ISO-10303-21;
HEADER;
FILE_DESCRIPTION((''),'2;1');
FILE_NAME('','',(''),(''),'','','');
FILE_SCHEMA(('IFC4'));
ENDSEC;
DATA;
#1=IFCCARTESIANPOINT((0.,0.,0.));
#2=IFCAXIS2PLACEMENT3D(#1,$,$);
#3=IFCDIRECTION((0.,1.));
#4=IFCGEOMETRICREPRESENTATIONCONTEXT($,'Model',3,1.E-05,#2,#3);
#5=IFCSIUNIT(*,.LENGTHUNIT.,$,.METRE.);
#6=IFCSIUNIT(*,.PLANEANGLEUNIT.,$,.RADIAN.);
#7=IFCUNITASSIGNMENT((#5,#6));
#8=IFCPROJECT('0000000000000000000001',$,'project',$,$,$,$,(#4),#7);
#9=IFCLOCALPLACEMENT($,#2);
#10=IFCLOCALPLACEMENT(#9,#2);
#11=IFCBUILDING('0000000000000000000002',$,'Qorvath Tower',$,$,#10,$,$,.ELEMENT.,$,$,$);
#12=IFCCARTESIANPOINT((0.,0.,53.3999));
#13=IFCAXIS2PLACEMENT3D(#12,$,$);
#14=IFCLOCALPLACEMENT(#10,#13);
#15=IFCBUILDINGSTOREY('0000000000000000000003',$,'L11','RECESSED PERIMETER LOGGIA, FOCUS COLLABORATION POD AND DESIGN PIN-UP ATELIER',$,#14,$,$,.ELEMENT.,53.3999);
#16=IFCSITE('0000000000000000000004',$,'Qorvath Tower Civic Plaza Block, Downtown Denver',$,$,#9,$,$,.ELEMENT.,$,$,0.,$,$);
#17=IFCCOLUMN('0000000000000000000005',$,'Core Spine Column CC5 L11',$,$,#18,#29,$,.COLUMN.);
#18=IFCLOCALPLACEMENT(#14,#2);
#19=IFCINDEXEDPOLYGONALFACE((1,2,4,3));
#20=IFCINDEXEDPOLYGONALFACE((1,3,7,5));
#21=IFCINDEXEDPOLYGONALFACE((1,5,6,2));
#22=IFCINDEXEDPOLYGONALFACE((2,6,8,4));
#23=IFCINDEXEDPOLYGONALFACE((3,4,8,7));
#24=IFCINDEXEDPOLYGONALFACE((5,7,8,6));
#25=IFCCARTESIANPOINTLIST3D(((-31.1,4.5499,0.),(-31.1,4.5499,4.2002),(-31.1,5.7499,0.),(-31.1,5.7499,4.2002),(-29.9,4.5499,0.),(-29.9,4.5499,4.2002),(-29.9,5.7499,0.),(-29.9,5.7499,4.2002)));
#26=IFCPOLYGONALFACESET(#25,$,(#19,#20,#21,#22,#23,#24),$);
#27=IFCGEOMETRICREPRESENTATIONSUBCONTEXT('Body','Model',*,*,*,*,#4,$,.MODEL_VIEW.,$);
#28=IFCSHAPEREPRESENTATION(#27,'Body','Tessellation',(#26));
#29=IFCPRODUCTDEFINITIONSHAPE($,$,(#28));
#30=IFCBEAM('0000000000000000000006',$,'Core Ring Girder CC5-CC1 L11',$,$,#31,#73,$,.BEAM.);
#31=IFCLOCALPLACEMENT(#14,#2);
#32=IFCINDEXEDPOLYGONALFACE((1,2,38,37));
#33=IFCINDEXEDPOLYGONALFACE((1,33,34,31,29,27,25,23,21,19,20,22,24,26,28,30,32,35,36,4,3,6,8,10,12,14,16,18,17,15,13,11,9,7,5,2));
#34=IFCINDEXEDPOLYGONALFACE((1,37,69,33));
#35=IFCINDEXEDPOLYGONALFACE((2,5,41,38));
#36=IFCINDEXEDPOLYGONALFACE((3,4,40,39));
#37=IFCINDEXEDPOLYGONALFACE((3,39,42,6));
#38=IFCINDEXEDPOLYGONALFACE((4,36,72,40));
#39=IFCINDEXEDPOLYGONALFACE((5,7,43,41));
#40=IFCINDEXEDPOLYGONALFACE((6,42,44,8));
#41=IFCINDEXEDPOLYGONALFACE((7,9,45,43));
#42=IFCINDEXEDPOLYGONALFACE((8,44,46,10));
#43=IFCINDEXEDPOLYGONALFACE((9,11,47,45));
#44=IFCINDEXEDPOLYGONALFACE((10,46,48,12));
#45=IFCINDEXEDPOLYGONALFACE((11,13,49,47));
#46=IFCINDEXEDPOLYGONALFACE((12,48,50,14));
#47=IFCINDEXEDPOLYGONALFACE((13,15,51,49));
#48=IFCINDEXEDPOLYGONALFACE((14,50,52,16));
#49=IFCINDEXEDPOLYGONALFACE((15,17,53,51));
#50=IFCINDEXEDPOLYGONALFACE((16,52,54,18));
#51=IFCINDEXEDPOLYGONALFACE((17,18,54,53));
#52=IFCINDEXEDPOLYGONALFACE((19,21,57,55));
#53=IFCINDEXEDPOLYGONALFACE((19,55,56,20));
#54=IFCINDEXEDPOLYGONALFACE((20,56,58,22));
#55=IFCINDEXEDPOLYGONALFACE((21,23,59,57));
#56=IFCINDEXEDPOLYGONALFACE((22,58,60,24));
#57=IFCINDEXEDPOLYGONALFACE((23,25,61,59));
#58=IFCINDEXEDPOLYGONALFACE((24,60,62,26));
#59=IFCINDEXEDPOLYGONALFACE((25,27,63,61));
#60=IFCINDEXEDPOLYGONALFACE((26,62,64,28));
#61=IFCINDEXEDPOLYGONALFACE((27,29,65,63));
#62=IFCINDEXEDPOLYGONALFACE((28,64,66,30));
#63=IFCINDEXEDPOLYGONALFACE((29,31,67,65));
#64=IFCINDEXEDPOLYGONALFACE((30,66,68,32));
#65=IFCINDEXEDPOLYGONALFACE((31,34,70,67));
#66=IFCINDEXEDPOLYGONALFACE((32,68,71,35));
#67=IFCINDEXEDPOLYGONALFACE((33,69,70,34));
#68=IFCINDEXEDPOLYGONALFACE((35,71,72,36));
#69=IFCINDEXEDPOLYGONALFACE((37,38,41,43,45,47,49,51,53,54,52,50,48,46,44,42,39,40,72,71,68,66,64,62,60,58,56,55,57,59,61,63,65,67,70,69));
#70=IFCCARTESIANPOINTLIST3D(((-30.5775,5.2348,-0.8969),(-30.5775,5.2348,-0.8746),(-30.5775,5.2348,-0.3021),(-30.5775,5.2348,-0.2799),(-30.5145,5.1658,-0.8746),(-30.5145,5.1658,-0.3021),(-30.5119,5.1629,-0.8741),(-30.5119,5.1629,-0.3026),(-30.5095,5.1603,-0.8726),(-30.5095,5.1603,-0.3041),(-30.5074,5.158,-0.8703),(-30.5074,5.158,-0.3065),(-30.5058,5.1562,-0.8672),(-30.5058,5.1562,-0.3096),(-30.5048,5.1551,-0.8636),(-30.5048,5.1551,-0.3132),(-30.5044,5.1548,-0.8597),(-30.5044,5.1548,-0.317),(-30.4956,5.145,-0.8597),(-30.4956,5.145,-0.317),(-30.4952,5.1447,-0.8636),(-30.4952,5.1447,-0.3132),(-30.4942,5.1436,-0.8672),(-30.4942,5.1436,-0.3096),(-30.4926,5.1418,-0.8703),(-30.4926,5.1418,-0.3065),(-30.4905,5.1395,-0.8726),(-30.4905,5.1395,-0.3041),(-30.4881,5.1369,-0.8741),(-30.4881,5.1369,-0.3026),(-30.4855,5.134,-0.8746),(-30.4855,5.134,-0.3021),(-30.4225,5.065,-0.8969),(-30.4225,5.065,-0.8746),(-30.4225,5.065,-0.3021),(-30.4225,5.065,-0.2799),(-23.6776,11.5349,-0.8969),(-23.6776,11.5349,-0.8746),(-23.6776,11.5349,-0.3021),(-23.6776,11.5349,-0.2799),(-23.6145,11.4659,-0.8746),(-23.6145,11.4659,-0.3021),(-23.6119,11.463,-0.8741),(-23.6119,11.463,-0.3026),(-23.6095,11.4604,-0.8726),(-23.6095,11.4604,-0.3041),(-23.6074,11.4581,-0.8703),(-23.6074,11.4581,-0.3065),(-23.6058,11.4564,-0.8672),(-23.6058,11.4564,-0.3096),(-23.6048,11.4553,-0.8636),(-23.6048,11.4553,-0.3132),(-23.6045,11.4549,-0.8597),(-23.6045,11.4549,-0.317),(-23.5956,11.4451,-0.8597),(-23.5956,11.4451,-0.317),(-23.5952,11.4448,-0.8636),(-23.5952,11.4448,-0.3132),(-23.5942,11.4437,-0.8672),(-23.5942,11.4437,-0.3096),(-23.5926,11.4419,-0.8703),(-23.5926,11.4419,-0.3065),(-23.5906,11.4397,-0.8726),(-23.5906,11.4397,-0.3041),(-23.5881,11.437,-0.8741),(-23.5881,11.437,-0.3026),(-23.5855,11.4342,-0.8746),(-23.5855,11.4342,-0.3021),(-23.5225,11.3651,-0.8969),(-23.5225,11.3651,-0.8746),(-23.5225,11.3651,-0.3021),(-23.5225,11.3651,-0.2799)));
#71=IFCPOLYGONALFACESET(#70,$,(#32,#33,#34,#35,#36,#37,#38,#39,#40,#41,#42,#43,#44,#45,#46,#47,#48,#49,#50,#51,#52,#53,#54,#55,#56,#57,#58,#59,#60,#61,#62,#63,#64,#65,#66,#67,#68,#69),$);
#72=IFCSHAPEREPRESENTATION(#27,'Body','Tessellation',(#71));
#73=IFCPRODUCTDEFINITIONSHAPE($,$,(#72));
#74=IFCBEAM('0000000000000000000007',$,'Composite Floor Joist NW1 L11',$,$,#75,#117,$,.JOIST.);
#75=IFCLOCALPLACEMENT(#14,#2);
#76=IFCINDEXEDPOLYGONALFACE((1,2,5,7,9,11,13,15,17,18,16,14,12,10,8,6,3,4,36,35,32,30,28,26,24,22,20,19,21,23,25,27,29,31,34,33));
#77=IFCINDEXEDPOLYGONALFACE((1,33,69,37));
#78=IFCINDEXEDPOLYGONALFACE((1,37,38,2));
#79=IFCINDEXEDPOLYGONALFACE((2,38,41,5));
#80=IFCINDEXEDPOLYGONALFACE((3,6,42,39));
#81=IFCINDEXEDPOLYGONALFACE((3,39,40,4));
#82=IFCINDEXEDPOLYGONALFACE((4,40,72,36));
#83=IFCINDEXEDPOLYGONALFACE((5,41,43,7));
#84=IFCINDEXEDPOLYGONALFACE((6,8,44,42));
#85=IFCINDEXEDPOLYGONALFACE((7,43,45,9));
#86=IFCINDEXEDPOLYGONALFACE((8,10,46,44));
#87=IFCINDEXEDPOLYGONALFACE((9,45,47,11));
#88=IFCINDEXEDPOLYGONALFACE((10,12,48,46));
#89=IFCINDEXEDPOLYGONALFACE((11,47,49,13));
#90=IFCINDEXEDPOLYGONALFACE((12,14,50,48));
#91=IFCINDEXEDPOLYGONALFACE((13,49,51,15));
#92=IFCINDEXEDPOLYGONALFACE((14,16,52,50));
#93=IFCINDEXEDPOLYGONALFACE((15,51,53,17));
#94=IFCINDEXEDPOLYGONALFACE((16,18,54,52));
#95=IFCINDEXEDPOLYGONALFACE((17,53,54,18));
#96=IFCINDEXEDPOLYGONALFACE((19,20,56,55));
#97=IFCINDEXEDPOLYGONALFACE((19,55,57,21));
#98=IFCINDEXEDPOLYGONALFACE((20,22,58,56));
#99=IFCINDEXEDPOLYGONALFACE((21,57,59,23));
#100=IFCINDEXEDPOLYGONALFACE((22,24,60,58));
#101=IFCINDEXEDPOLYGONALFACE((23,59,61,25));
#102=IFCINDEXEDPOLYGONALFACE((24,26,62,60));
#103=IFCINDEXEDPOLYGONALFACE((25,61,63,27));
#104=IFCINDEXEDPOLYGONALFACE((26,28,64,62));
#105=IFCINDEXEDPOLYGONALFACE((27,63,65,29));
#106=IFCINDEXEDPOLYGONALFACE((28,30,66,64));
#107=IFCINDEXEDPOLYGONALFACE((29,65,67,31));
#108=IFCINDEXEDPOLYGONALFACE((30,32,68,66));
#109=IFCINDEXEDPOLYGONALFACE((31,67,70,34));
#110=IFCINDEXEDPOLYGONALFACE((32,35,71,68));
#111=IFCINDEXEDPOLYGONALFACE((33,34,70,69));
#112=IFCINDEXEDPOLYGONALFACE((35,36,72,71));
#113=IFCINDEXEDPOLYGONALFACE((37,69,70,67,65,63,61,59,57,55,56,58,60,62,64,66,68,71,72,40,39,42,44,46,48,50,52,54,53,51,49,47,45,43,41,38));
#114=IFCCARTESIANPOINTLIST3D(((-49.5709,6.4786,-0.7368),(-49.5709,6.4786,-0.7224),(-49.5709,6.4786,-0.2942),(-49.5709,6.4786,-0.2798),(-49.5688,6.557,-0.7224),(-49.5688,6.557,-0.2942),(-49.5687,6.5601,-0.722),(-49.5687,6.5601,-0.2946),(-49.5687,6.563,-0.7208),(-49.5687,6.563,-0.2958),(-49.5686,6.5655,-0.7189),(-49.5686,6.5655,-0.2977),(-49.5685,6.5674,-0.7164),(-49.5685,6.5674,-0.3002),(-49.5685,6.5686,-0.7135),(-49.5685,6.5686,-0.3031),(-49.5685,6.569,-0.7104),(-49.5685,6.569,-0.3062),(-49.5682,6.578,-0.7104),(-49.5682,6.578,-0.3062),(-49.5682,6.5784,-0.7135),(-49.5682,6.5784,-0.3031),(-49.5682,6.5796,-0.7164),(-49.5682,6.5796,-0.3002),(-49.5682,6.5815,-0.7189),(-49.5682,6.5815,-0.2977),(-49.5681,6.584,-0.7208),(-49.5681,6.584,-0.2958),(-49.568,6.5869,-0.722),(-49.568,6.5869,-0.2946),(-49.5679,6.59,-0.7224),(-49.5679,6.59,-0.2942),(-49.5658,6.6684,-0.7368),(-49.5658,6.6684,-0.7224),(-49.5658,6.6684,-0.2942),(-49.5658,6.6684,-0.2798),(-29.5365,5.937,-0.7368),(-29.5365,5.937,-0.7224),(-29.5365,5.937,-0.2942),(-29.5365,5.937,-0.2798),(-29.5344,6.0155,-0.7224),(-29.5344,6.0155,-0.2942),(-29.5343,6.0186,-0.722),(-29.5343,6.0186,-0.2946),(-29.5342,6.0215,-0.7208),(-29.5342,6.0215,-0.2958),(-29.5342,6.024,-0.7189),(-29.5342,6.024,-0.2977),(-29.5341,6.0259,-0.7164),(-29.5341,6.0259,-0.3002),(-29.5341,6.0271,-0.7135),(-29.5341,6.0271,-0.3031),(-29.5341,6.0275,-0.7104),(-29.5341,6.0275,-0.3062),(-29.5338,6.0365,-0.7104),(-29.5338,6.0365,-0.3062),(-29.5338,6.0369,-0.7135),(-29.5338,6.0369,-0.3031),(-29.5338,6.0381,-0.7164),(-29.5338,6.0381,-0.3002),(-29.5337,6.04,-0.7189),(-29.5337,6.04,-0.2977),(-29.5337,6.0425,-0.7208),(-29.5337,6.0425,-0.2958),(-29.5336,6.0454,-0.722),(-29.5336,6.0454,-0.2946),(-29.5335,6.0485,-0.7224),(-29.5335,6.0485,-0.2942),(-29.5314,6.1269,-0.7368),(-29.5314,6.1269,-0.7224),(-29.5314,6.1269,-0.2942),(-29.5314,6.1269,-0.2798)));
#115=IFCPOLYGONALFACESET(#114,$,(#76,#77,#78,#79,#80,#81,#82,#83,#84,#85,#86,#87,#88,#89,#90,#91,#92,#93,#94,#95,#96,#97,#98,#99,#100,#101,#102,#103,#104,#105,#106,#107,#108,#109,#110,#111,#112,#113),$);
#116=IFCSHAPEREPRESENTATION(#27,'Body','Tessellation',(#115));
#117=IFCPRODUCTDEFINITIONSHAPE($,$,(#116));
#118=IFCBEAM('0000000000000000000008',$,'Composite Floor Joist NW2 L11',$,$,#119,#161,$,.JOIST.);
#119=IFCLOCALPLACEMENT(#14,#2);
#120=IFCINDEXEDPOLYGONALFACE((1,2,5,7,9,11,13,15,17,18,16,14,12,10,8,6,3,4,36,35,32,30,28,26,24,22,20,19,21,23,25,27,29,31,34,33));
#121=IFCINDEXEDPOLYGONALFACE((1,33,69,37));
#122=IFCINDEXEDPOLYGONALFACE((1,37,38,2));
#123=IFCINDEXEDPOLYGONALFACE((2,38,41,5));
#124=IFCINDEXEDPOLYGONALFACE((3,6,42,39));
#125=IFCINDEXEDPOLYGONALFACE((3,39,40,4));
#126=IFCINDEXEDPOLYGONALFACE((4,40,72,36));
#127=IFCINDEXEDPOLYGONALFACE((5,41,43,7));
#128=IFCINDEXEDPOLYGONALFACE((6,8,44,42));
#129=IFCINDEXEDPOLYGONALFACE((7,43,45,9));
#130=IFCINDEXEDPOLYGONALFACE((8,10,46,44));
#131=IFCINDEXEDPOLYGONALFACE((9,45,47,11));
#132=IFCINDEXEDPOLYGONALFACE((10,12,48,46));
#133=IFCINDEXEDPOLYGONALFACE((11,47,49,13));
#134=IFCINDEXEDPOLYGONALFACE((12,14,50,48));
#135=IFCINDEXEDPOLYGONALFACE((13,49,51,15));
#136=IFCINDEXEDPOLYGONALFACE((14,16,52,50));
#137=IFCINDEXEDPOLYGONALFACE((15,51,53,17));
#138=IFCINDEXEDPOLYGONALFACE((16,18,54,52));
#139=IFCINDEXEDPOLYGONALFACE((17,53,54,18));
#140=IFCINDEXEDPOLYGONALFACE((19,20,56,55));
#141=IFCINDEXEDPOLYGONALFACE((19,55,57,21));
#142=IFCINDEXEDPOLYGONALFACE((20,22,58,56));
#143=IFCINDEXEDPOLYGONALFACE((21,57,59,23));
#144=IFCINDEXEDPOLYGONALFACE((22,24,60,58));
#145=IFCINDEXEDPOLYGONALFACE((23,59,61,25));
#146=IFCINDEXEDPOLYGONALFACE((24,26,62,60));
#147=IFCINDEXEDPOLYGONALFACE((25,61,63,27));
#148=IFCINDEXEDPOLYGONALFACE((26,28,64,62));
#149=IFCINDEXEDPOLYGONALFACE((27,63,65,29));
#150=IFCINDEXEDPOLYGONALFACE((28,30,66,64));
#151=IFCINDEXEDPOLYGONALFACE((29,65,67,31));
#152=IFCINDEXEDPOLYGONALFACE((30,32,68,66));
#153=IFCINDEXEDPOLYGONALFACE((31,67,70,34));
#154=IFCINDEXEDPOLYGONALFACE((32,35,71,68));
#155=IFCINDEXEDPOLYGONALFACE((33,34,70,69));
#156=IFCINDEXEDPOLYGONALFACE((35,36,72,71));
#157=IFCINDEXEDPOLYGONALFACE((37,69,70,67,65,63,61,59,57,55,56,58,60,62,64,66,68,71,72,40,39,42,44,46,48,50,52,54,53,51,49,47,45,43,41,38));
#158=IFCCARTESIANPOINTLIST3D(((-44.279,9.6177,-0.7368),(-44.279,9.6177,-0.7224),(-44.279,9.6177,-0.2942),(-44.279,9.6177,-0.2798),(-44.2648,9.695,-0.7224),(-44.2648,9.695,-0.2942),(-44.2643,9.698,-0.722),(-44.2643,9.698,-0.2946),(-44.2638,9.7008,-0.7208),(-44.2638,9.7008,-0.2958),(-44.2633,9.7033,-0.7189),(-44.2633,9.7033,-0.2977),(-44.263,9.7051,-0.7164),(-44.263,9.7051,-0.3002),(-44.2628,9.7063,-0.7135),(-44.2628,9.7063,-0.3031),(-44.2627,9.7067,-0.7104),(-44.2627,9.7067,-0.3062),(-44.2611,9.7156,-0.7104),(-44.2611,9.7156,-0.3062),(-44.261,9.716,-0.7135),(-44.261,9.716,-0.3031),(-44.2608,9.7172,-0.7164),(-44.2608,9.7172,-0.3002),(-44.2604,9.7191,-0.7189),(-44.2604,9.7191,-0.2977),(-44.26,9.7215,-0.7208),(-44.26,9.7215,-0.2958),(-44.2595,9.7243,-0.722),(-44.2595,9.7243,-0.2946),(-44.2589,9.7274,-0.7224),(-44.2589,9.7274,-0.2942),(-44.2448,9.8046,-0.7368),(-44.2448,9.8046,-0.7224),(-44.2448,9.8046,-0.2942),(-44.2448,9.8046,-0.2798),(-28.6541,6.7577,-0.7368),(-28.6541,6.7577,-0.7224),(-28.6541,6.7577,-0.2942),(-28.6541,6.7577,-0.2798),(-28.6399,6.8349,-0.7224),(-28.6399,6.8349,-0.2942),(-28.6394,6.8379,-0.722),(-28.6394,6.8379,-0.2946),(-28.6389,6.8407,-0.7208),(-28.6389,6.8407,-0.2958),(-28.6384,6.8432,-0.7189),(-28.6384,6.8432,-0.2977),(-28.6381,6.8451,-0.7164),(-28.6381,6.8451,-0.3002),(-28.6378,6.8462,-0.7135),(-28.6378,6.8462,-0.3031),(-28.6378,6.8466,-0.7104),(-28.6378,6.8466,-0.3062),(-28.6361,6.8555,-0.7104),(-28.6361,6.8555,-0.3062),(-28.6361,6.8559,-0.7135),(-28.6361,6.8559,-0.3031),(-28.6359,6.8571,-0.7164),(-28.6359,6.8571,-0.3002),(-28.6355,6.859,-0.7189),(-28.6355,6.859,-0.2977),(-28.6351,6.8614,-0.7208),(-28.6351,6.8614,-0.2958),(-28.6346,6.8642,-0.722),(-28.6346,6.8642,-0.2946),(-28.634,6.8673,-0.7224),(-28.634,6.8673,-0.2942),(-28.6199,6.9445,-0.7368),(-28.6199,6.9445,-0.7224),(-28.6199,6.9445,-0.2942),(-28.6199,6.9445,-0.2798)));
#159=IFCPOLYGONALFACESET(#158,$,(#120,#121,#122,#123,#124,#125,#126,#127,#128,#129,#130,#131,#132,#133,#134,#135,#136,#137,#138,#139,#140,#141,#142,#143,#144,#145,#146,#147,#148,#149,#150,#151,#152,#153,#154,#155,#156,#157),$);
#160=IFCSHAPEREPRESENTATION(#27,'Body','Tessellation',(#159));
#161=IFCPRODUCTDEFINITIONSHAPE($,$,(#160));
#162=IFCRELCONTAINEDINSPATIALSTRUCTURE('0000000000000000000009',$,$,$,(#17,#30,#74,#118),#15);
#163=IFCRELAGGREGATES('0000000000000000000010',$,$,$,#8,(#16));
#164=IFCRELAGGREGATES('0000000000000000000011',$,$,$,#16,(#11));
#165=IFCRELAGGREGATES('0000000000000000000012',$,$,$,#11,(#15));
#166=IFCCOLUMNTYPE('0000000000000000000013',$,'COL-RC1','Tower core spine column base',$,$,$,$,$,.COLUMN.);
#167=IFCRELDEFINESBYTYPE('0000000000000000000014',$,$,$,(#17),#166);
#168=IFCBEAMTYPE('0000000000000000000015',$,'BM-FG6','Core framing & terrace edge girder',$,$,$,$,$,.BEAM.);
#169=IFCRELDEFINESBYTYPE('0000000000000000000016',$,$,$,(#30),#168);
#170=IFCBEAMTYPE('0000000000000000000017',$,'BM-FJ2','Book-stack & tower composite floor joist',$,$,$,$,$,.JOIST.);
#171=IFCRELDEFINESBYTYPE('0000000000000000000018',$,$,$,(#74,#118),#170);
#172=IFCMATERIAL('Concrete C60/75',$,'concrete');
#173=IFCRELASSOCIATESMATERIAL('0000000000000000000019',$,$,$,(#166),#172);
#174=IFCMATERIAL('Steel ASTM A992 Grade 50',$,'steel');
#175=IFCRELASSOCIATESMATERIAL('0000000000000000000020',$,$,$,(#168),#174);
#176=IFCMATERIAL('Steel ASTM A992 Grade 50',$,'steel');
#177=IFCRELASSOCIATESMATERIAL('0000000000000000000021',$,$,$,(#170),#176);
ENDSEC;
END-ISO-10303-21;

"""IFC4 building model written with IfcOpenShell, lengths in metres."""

from ifc_helpers import new_model, si_unit, direction, frame, origin, origin_2d, place, context, subcontext, project, spatial, rectangle, i_section, extrude, material, material_profile, profile_set, type_object, element, save


model = new_model("IFC4")

# Units and contexts
model_context = context("Model", 3, precision=1e-05, world=origin(), true_north=direction((0.0, 1.0)))
body_context = subcontext(model_context, "Body", "Model", "MODEL_VIEW")
ifc_project = project(units=[si_unit("LENGTHUNIT", "METRE"), si_unit("PLANEANGLEUNIT", "RADIAN")], contexts=[model_context])

# Site, building, storey
site_placement = place(None, origin())
site = spatial("IfcSite", under=ifc_project, at=site_placement, Name="Qorvath Tower Civic Plaza Block, Downtown Denver", CompositionType="ELEMENT", RefElevation=0.0)
building_placement = place(site_placement, origin())
building = spatial("IfcBuilding", under=site, at=building_placement, Name="Qorvath Tower", CompositionType="ELEMENT")
storey_placement = place(building_placement, frame((0.0, 0.0, 53.3999)))
storey = spatial("IfcBuildingStorey", under=building, at=storey_placement, Name="L11", Description="RECESSED PERIMETER LOGGIA, FOCUS COLLABORATION POD AND DESIGN PIN-UP ATELIER", CompositionType="ELEMENT", Elevation=53.3999)

# Column
ifc_material_1 = material(Name="Concrete C60/75", Category="concrete")
ifc_material_profile_1 = material_profile(ifc_material_1, rectangle(XDim=1.2, YDim=1.2, at=origin_2d()), Name="RC 1200x1200")
ifc_profile_set_1 = profile_set([ifc_material_profile_1], Name="Concrete C60/75")
column_type = type_object("IfcColumnType", Name="COL-RC1", Description="Tower core spine column base", PredefinedType="COLUMN", material=ifc_profile_set_1)
column_placement = place(storey_placement, frame((-30.5, 5.1499, 0.0), z_axis=(0.0, 0.0, 1.0), x_axis=(1.0, 0.0, 0.0)))
element("IfcColumn", 1, at=column_placement, inside=storey, type_object=column_type, Name="Core Spine Column CC5 L11", PredefinedType="COLUMN", context=body_context, shape_type="SweptSolid", body=[
    extrude(rectangle(XDim=1.2, YDim=1.2, at=origin_2d()), origin(), (0.0, 0.0, 1.0), 4.2002),
])

# Beams
ifc_material_2 = material(Name="Steel ASTM A992 Grade 50", Category="steel")
ifc_material_profile_2 = material_profile(ifc_material_2, i_section(OverallWidth=0.23, OverallDepth=0.6169, WebThickness=0.0132, FlangeThickness=0.0222, FilletRadius=0.0149, at=origin_2d()), Name="W24x94")
ifc_profile_set_2 = profile_set([ifc_material_profile_2], Name="Steel ASTM A992 Grade 50")
beam_type_1 = type_object("IfcBeamType", Name="BM-FG6", Description="Core framing & terrace edge girder", PredefinedType="BEAM", material=ifc_profile_set_2)
beam_1_placement = place(storey_placement, frame((-30.5, 5.1499, -0.5884), z_axis=(0.738478, 0.674277, 0.0), x_axis=(-0.674277, 0.738478, 0.0)))
element("IfcBeam", 2, at=beam_1_placement, inside=storey, type_object=beam_type_1, Name="Core Ring Girder CC5-CC1 L11", PredefinedType="BEAM", context=body_context, shape_type="SweptSolid", body=[
    extrude(i_section(OverallWidth=0.23, OverallDepth=0.6169, WebThickness=0.0132, FlangeThickness=0.0222, FilletRadius=0.0149, at=origin_2d()), origin(), (0.0, 0.0, 1.0), 9.3435),
])
ifc_material_3 = material(Name="Steel ASTM A992 Grade 50", Category="steel")
ifc_material_profile_3 = material_profile(ifc_material_3, i_section(OverallWidth=0.1899, OverallDepth=0.457, WebThickness=0.009, FlangeThickness=0.0144, FilletRadius=0.012, at=origin_2d()), Name="W18x50")
ifc_profile_set_3 = profile_set([ifc_material_profile_3], Name="Steel ASTM A992 Grade 50")
beam_type_2 = type_object("IfcBeamType", Name="BM-FJ2", Description="Book-stack & tower composite floor joist", PredefinedType="JOIST", material=ifc_profile_set_3)
beam_2_placement = place(storey_placement, frame((-29.5339, 6.032, -0.5083), z_axis=(-0.999635, 0.027019, 0.0), x_axis=(-0.027019, -0.999635, 0.0)))
element("IfcBeam", 3, at=beam_2_placement, inside=storey, type_object=beam_type_2, Name="Composite Floor Joist NW1 L11", PredefinedType="JOIST", context=body_context, shape_type="SweptSolid", body=[
    extrude(i_section(OverallWidth=0.1899, OverallDepth=0.457, WebThickness=0.009, FlangeThickness=0.0144, FilletRadius=0.012, at=origin_2d()), origin(), (0.0, 0.0, 1.0), 20.0417),
])
beam_3_placement = place(storey_placement, frame((-28.637, 6.8511, -0.5083), z_axis=(-0.983656, 0.180055, 0.0), x_axis=(-0.180055, -0.983656, 0.0)))
element("IfcBeam", 4, at=beam_3_placement, inside=storey, type_object=beam_type_2, Name="Composite Floor Joist NW2 L11", PredefinedType="JOIST", context=body_context, shape_type="SweptSolid", body=[
    extrude(i_section(OverallWidth=0.1899, OverallDepth=0.457, WebThickness=0.009, FlangeThickness=0.0144, FilletRadius=0.012, at=origin_2d()), origin(), (0.0, 0.0, 1.0), 15.8845),
])

save(model, "model.ifc")
